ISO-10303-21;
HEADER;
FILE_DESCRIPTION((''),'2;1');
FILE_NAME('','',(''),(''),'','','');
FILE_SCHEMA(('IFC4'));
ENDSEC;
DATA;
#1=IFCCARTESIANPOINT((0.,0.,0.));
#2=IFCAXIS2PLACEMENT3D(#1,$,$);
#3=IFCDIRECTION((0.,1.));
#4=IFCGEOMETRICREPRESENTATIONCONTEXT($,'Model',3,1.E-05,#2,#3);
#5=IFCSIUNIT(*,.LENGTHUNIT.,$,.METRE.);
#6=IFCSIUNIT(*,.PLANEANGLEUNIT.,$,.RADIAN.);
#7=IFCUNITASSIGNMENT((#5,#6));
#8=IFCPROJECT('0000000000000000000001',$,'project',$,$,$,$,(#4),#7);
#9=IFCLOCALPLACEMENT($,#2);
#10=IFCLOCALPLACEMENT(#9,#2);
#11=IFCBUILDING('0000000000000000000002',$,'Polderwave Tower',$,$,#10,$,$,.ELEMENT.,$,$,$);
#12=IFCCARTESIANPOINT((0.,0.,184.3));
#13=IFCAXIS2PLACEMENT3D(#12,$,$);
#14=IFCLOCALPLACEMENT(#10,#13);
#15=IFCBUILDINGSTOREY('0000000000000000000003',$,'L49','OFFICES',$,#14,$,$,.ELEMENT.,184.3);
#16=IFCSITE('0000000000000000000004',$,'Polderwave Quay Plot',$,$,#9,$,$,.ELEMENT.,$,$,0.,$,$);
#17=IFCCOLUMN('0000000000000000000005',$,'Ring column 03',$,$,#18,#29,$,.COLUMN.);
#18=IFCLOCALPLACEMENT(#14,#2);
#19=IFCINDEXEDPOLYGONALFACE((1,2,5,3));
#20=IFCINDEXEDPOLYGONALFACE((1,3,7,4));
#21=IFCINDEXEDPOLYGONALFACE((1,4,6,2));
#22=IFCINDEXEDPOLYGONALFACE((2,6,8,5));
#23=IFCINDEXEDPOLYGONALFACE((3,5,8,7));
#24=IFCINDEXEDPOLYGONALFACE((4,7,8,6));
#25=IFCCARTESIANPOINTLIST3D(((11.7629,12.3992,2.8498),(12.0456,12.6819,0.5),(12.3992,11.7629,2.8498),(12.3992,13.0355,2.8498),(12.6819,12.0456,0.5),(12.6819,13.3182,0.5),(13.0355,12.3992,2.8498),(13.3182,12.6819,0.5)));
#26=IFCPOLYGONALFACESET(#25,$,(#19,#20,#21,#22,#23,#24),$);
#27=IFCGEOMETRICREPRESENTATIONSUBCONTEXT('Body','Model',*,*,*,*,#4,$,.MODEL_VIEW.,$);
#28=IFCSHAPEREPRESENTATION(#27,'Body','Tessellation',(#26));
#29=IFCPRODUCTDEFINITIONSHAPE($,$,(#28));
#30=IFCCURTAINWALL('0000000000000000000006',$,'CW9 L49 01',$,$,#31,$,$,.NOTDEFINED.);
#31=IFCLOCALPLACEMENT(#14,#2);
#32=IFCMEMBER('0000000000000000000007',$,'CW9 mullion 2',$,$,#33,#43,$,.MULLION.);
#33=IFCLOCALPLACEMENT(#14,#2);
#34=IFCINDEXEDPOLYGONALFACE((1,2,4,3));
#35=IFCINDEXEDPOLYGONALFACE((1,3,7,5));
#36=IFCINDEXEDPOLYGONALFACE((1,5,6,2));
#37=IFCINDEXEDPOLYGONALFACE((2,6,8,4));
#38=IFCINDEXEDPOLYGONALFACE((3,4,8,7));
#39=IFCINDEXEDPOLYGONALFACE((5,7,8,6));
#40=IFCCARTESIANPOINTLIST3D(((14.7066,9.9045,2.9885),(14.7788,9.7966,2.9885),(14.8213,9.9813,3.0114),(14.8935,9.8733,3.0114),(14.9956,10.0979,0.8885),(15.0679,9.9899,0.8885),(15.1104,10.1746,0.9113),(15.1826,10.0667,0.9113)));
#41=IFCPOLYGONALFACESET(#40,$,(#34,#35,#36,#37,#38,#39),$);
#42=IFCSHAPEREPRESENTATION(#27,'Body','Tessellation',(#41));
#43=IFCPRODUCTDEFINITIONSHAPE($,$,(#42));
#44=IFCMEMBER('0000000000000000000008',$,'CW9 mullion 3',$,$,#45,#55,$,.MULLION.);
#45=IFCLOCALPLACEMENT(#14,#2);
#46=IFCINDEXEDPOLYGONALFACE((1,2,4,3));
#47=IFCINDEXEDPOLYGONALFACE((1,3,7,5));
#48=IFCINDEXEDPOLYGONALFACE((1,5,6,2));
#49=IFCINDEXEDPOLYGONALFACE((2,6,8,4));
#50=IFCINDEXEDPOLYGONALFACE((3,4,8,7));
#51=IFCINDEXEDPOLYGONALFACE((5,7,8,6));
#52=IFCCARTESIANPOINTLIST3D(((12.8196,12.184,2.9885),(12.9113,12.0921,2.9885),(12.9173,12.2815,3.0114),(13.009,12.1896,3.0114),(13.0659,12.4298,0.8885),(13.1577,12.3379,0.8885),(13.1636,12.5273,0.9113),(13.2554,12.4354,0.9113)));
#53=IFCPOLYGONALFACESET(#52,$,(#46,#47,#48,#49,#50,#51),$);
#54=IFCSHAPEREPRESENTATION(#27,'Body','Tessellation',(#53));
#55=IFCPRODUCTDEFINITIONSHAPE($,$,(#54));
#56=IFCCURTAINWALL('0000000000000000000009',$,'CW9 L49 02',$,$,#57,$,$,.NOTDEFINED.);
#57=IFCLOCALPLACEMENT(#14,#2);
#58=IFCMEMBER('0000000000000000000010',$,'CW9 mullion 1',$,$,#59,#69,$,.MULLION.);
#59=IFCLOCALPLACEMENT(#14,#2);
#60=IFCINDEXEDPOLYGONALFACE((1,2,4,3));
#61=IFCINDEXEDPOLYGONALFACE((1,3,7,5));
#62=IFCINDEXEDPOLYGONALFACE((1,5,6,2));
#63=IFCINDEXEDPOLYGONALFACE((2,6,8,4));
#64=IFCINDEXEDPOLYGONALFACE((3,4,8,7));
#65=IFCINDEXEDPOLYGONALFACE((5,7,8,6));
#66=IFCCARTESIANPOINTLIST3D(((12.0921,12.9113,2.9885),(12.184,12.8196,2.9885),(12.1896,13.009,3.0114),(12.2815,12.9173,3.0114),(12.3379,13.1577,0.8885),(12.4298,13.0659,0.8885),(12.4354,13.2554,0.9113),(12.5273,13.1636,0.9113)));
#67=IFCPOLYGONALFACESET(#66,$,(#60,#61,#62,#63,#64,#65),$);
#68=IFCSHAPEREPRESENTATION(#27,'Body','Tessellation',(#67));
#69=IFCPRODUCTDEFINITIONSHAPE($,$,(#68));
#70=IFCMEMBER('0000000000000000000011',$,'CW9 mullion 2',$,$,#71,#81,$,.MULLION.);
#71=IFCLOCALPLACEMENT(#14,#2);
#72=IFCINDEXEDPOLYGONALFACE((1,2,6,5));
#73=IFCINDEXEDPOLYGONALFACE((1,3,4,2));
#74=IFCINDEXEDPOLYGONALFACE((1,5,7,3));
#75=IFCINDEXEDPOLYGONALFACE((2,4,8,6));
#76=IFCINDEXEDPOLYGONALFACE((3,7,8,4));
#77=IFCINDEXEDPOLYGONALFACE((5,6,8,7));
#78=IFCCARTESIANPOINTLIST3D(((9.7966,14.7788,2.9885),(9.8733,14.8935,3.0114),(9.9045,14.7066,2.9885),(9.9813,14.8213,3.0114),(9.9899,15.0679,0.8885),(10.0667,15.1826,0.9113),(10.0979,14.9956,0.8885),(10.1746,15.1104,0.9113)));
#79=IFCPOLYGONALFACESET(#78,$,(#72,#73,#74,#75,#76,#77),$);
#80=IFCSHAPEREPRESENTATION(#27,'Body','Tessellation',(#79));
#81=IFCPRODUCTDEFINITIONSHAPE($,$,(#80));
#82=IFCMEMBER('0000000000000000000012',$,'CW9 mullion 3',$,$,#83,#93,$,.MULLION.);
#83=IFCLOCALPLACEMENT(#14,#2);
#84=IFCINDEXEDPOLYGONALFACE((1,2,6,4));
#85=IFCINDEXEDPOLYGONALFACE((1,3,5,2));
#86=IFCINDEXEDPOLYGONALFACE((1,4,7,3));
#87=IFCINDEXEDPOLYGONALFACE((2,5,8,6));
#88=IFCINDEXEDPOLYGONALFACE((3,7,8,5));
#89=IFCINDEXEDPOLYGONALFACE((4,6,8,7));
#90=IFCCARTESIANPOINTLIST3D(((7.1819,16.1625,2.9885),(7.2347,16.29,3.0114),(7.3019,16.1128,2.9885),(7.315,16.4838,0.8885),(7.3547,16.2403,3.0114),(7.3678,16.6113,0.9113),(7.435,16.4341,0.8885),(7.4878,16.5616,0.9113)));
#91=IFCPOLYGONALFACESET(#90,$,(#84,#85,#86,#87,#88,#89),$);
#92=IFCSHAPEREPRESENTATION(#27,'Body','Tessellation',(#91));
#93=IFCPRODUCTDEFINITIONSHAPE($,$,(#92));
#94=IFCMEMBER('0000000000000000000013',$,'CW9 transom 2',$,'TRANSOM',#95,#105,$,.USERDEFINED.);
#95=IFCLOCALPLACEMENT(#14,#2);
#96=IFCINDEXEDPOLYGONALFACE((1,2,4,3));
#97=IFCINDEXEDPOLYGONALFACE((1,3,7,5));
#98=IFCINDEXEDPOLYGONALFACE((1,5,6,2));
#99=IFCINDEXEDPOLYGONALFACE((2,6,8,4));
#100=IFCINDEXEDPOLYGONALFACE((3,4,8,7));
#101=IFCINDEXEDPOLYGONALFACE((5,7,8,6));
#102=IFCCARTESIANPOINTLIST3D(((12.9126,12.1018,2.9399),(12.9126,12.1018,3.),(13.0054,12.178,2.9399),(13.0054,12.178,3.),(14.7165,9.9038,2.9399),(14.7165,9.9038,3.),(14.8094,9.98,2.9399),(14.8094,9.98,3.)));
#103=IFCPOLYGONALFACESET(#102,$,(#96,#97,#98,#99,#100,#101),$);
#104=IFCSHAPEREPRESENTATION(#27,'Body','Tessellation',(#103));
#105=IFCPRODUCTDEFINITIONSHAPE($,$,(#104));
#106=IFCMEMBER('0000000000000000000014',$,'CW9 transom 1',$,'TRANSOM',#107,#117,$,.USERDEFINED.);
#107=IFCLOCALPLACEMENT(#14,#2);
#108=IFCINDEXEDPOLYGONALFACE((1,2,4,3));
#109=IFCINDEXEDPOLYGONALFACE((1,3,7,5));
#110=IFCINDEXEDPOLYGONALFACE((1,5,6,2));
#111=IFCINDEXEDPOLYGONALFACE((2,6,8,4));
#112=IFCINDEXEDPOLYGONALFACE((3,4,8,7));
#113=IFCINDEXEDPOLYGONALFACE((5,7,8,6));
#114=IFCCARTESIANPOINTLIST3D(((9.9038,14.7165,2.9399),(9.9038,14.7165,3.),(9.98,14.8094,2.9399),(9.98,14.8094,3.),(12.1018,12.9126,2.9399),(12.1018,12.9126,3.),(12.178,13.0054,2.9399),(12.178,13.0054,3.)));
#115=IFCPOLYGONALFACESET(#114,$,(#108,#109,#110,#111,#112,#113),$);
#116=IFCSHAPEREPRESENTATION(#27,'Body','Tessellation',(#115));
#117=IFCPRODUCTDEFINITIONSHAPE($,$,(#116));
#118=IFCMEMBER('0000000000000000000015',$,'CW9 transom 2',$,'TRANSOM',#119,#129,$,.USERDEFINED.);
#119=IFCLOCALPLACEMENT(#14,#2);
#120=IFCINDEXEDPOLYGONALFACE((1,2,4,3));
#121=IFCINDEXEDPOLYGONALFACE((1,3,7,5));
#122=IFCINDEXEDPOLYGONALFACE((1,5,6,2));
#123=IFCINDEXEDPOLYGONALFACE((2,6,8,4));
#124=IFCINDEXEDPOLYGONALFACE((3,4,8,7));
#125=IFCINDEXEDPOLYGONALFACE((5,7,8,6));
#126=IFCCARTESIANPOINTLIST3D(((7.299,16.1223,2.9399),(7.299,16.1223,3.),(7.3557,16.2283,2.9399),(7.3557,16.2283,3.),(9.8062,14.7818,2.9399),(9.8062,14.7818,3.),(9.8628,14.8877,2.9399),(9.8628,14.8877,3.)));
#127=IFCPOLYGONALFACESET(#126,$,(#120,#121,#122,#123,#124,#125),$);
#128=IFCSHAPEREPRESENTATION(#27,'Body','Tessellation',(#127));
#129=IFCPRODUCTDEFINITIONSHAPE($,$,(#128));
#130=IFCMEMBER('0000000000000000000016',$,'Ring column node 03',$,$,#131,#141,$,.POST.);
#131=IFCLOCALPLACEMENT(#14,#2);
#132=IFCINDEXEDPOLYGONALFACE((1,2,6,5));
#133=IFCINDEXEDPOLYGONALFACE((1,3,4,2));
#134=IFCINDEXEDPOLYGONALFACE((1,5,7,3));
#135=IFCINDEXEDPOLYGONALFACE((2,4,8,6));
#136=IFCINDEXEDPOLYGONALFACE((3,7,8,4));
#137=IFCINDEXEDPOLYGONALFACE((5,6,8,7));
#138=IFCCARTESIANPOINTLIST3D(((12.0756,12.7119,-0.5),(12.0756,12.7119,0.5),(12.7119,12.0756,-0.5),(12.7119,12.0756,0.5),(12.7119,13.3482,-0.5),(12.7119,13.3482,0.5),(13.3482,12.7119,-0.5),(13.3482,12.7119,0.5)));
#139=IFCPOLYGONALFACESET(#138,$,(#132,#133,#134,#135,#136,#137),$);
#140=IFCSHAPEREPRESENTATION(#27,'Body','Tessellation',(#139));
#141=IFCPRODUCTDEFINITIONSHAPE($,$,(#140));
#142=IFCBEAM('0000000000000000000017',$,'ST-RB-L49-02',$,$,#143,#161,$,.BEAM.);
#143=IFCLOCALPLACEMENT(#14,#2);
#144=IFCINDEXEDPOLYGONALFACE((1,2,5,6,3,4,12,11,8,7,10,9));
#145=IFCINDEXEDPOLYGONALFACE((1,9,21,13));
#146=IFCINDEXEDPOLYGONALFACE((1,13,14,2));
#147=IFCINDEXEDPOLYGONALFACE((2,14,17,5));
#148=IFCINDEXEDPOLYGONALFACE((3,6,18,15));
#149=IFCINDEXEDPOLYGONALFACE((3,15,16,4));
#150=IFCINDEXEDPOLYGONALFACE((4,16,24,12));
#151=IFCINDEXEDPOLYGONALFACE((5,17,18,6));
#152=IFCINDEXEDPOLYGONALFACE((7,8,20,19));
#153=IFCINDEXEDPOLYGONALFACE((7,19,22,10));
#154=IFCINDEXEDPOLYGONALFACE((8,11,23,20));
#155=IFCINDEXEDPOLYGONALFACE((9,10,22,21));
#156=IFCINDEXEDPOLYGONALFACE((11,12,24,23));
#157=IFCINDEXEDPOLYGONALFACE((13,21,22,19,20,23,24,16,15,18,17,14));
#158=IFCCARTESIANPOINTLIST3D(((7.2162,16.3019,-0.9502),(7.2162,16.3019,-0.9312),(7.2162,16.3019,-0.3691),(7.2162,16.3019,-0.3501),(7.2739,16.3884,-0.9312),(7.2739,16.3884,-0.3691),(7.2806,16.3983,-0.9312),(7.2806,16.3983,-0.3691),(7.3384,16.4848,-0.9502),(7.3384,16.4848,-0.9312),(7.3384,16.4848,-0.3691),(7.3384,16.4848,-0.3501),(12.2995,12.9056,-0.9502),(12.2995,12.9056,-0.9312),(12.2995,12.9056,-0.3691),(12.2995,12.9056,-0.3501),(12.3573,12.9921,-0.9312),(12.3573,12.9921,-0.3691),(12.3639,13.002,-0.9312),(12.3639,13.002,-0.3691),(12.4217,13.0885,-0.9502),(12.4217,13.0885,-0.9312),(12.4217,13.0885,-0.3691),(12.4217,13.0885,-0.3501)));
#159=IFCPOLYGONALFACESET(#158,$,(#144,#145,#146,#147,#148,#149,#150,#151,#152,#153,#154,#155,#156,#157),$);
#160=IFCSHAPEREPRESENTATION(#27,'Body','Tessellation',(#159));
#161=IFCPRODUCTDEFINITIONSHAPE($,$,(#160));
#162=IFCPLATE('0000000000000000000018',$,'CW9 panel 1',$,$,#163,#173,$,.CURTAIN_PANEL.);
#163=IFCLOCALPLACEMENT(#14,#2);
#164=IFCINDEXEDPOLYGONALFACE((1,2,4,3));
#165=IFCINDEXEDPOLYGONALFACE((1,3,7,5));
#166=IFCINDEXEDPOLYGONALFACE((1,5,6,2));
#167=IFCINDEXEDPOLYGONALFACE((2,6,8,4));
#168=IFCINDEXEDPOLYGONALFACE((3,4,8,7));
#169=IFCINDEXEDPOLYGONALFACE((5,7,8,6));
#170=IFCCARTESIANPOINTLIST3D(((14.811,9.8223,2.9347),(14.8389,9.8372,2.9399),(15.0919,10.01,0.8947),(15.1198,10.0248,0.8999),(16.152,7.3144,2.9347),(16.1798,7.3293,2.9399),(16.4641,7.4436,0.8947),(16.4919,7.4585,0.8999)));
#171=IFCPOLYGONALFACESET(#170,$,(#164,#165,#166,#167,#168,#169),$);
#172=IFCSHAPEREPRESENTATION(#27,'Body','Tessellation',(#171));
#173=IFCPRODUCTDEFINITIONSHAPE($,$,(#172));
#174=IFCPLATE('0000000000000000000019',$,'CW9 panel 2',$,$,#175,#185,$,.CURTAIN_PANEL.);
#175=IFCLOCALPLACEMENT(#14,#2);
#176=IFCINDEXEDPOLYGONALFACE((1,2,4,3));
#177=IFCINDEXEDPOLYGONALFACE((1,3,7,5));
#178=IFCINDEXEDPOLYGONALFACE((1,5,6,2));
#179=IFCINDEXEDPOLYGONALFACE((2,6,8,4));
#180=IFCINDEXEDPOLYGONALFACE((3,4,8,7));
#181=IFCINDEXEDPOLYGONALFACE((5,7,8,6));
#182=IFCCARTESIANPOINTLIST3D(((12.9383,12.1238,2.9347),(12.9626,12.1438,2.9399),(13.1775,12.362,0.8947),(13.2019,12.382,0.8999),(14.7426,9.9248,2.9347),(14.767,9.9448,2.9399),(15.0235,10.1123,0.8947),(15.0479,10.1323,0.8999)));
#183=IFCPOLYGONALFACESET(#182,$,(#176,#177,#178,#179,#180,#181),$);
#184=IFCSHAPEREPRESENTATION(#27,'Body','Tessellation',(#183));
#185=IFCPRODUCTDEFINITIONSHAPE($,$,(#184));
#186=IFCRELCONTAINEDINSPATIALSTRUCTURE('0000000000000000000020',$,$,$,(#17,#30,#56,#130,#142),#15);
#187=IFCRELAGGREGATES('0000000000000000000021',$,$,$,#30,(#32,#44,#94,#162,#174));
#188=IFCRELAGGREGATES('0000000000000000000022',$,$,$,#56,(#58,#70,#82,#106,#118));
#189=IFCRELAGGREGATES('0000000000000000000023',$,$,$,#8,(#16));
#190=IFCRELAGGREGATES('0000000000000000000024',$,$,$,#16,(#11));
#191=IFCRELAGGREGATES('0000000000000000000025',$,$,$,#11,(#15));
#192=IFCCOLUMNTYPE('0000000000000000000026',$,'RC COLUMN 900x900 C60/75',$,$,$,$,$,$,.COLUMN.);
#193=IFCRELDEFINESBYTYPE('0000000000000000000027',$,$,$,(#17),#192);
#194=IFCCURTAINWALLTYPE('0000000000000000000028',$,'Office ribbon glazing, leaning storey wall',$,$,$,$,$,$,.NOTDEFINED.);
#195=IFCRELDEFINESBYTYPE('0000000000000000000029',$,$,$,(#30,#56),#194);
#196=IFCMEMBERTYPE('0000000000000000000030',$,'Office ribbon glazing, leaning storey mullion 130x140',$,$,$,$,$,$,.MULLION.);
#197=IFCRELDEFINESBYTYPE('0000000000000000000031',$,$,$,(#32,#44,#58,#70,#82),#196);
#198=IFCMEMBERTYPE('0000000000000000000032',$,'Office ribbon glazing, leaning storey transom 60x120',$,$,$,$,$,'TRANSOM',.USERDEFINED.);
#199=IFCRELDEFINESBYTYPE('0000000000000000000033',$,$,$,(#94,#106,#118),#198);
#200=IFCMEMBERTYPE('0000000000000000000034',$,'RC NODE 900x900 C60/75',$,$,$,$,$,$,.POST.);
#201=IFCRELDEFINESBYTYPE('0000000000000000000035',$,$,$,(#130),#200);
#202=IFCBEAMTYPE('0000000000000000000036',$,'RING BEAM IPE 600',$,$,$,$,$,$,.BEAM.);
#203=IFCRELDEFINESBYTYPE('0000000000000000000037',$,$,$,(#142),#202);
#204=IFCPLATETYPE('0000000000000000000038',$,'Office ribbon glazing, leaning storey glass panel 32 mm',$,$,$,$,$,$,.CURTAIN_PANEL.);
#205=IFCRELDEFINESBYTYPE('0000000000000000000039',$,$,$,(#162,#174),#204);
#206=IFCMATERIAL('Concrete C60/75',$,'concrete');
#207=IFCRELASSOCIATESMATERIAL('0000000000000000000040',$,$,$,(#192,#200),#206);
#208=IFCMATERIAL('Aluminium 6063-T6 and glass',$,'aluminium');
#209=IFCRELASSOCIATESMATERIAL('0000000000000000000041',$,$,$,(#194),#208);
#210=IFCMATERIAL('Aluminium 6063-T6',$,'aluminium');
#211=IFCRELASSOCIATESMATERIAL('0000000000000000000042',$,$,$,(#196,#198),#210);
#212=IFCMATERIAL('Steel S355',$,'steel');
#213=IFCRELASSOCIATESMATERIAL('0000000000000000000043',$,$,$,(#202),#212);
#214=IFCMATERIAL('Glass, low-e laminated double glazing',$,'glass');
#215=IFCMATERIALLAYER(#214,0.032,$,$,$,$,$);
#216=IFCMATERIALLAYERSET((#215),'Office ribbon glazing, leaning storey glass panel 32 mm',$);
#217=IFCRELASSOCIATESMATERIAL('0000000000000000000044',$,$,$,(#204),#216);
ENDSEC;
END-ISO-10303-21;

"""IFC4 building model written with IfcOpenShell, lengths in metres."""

from ifc_helpers import new_model, si_unit, direction, frame, origin, origin_2d, place, context, subcontext, project, spatial, polyline, rectangle, i_section, outline, extrude, material, layer, layer_set, material_profile, profile_set, type_object, element, aggregate, save


model = new_model("IFC4")

# Units and contexts
model_context = context("Model", 3, precision=1e-05, world=origin(), true_north=direction((0.0, 1.0)))
body_context = subcontext(model_context, "Body", "Model", "MODEL_VIEW")
ifc_project = project(units=[si_unit("LENGTHUNIT", "METRE"), si_unit("PLANEANGLEUNIT", "RADIAN")], contexts=[model_context])

# Site, building, storey
site_placement = place(None, origin())
site = spatial("IfcSite", under=ifc_project, at=site_placement, Name="Polderwave Quay Plot", CompositionType="ELEMENT", RefElevation=0.0)
building_placement = place(site_placement, origin())
building = spatial("IfcBuilding", under=site, at=building_placement, Name="Polderwave Tower", CompositionType="ELEMENT")
storey_placement = place(building_placement, frame((0.0, 0.0, 184.3)))
storey = spatial("IfcBuildingStorey", under=building, at=storey_placement, Name="L49", Description="OFFICES", CompositionType="ELEMENT", Elevation=184.3)

# Column
ifc_material_1 = material(Name="Concrete C60/75", Category="concrete")
ifc_material_profile_1 = material_profile(ifc_material_1, rectangle(XDim=0.8999, YDim=0.8999, at=origin_2d()), Name="RC 900x900")
ifc_profile_set_1 = profile_set([ifc_material_profile_1], Name="Concrete C60/75")
column_type = type_object("IfcColumnType", Name="RC COLUMN 900x900 C60/75", PredefinedType="COLUMN", material=ifc_profile_set_1)
column_placement = place(storey_placement, frame((12.6819, 12.6819, 0.5), z_axis=(0.0, 0.0, 1.0), x_axis=(0.707107, -0.707107, 0.0)))
element("IfcColumn", 1, at=column_placement, inside=storey, type_object=column_type, Name="Ring column 03", PredefinedType="COLUMN", context=body_context, shape_type="SweptSolid", body=[
    extrude(rectangle(XDim=0.8999, YDim=0.8999, at=origin_2d()), origin(), (0.0, -0.167736, 0.985832), 2.3835),
])

# Curtain walls, members
ifc_material_2 = material(Name="Aluminium 6063-T6 and glass", Category="aluminium")
curtain_wall_type = type_object("IfcCurtainWallType", Name="Office ribbon glazing, leaning storey wall", PredefinedType="NOTDEFINED", material=ifc_material_2)
curtain_wall_1_placement = place(storey_placement, origin())
curtain_wall_1 = element("IfcCurtainWall", 2, at=curtain_wall_1_placement, inside=storey, type_object=curtain_wall_type, Name="CW9 L49 01", PredefinedType="NOTDEFINED")
ifc_material_3 = material(Name="Aluminium 6063-T6", Category="aluminium")
ifc_material_profile_2 = material_profile(ifc_material_3, rectangle(XDim=0.1299, YDim=0.1399, at=origin_2d()), Name="AL 130x140")
ifc_profile_set_2 = profile_set([ifc_material_profile_2], Name="Aluminium 6063-T6")
member_type_1 = type_object("IfcMemberType", Name="Office ribbon glazing, leaning storey mullion 130x140", PredefinedType="MULLION", material=ifc_profile_set_2)
member_1_placement = place(storey_placement, frame((15.0891, 10.0823, 0.8999), z_axis=(-0.135793, -0.090835, 0.986564), x_axis=(0.555996, -0.831185, 0.0)))
member_1 = element("IfcMember", 3, at=member_1_placement, type_object=member_type_1, Name="CW9 mullion 2", PredefinedType="MULLION", context=body_context, shape_type="SweptSolid", body=[
    extrude(rectangle(XDim=0.1299, YDim=0.1399, at=origin_2d()), origin(), (0.0, 0.0, 1.0), 2.1287),
])
member_2_placement = place(storey_placement, frame((13.1606, 12.4326, 0.8999), z_axis=(-0.11572, -0.115491, 0.986545), x_axis=(0.706405, -0.707808, 0.0)))
member_2 = element("IfcMember", 4, at=member_2_placement, type_object=member_type_1, Name="CW9 mullion 3", PredefinedType="MULLION", context=body_context, shape_type="SweptSolid", body=[
    extrude(rectangle(XDim=0.1299, YDim=0.1399, at=origin_2d()), origin(), (0.0, 0.0, 1.0), 2.1287),
])
curtain_wall_2_placement = place(storey_placement, origin())
curtain_wall_2 = element("IfcCurtainWall", 5, at=curtain_wall_2_placement, inside=storey, type_object=curtain_wall_type, Name="CW9 L49 02", PredefinedType="NOTDEFINED")
member_3_placement = place(storey_placement, frame((12.4326, 13.1606, 0.8999), z_axis=(-0.115491, -0.11572, 0.986545), x_axis=(0.707808, -0.706405, 0.0)))
member_3 = element("IfcMember", 6, at=member_3_placement, type_object=member_type_1, Name="CW9 mullion 1", PredefinedType="MULLION", context=body_context, shape_type="SweptSolid", body=[
    extrude(rectangle(XDim=0.1299, YDim=0.1399, at=origin_2d()), origin(), (0.0, 0.0, 1.0), 2.1287),
])
member_4_placement = place(storey_placement, frame((10.0823, 15.0891, 0.8999), z_axis=(-0.090835, -0.135793, 0.986564), x_axis=(0.831185, -0.555996, 0.0)))
member_4 = element("IfcMember", 7, at=member_4_placement, type_object=member_type_1, Name="CW9 mullion 2", PredefinedType="MULLION", context=body_context, shape_type="SweptSolid", body=[
    extrude(rectangle(XDim=0.1299, YDim=0.1399, at=origin_2d()), origin(), (0.0, 0.0, 1.0), 2.1287),
])
member_5_placement = place(storey_placement, frame((7.4014, 16.5227, 0.8999), z_axis=(-0.062506, -0.150932, 0.986566), x_axis=(0.923906, -0.38262, 0.0)))
member_5 = element("IfcMember", 8, at=member_5_placement, type_object=member_type_1, Name="CW9 mullion 3", PredefinedType="MULLION", context=body_context, shape_type="SweptSolid", body=[
    extrude(rectangle(XDim=0.1299, YDim=0.1399, at=origin_2d()), origin(), (0.0, 0.0, 1.0), 2.1287),
])

# Members
ifc_material_profile_3 = material_profile(ifc_material_3, rectangle(XDim=0.1201, YDim=0.0601, at=origin_2d()), Name="AL 60x120")
ifc_profile_set_3 = profile_set([ifc_material_profile_3], Name="Aluminium 6063-T6")
member_type_2 = type_object("IfcMemberType", Name="Office ribbon glazing, leaning storey transom 60x120", ElementType="TRANSOM", PredefinedType="USERDEFINED", material=ifc_profile_set_3)
member_6_placement = place(storey_placement, frame((14.7629, 9.9419, 2.97), z_axis=(-0.634415, 0.772992, 0.0), x_axis=(-0.772992, -0.634415, 0.0)))
member_6 = element("IfcMember", 9, at=member_6_placement, type_object=member_type_2, Name="CW9 transom 2", ObjectType="TRANSOM", PredefinedType="USERDEFINED", context=body_context, shape_type="SweptSolid", body=[
    extrude(rectangle(XDim=0.1201, YDim=0.0601, at=origin_2d()), origin(), (0.0, 0.0, 1.0), 2.8435),
])
member_7_placement = place(storey_placement, frame((12.1399, 12.959, 2.97), z_axis=(-0.772992, 0.634415, 0.0), x_axis=(-0.634415, -0.772992, 0.0)))
member_7 = element("IfcMember", 10, at=member_7_placement, type_object=member_type_2, Name="CW9 transom 1", ObjectType="TRANSOM", PredefinedType="USERDEFINED", context=body_context, shape_type="SweptSolid", body=[
    extrude(rectangle(XDim=0.1201, YDim=0.0601, at=origin_2d()), origin(), (0.0, 0.0, 1.0), 2.8435),
])
member_8_placement = place(storey_placement, frame((9.8345, 14.8347, 2.97), z_axis=(-0.881846, 0.471537, 0.0), x_axis=(-0.471537, -0.881846, 0.0)))
member_8 = element("IfcMember", 11, at=member_8_placement, type_object=member_type_2, Name="CW9 transom 2", ObjectType="TRANSOM", PredefinedType="USERDEFINED", context=body_context, shape_type="SweptSolid", body=[
    extrude(rectangle(XDim=0.1201, YDim=0.0601, at=origin_2d()), origin(), (0.0, 0.0, 1.0), 2.843),
])
ifc_material_profile_4 = material_profile(ifc_material_1, rectangle(XDim=0.8999, YDim=0.8999, at=origin_2d()), Name="RC 900x900")
ifc_profile_set_4 = profile_set([ifc_material_profile_4], Name="Concrete C60/75")
member_type_3 = type_object("IfcMemberType", Name="RC NODE 900x900 C60/75", PredefinedType="POST", material=ifc_profile_set_4)
member_9_placement = place(storey_placement, frame((12.7119, 12.7119, -0.5), z_axis=(0.0, 0.0, 1.0), x_axis=(0.707107, 0.707107, 0.0)))
element("IfcMember", 12, at=member_9_placement, inside=storey, type_object=member_type_3, Name="Ring column node 03", PredefinedType="POST", context=body_context, shape_type="SweptSolid", body=[
    extrude(rectangle(XDim=0.8999, YDim=0.8999, at=origin_2d()), origin(), (0.0, 0.0, 1.0), 1.0),
])

# Beam
ifc_material_4 = material(Name="Steel S355", Category="steel")
ifc_material_profile_5 = material_profile(ifc_material_4, i_section(OverallWidth=0.22, OverallDepth=0.6001, WebThickness=0.012, FlangeThickness=0.019, at=origin_2d()), Name="IPE 600")
ifc_profile_set_5 = profile_set([ifc_material_profile_5], Name="Steel S355")
beam_type = type_object("IfcBeamType", Name="RING BEAM IPE 600", PredefinedType="BEAM", material=ifc_profile_set_5)
beam_placement = place(storey_placement, frame((12.3606, 12.9971, -0.6501), z_axis=(-0.831491, 0.555539, 0.0), x_axis=(-0.555539, -0.831491, 0.0)))
element("IfcBeam", 13, at=beam_placement, inside=storey, type_object=beam_type, Name="ST-RB-L49-02", PredefinedType="BEAM", context=body_context, shape_type="SweptSolid", body=[
    extrude(i_section(OverallWidth=0.22, OverallDepth=0.6001, WebThickness=0.012, FlangeThickness=0.019, at=origin_2d()), origin(), (0.0, 0.0, 1.0), 6.1135),
])

# Plates
ifc_material_5 = material(Name="Glass, low-e laminated double glazing", Category="glass")
ifc_layer_1 = layer(ifc_material_5, 0.032)
ifc_layer_set_1 = layer_set([ifc_layer_1], Name="Office ribbon glazing, leaning storey glass panel 32 mm")
plate_type = type_object("IfcPlateType", Name="Office ribbon glazing, leaning storey glass panel 32 mm", PredefinedType="CURTAIN_PANEL", material=ifc_layer_set_1)
plate_1_placement = place(storey_placement, frame((16.4919, 7.4585, 0.8999), z_axis=(0.87012, 0.465244, 0.162602), x_axis=(-0.471518, 0.881856, -0.000008)))
plate_1 = element("IfcPlate", 14, at=plate_1_placement, type_object=plate_type, Name="CW9 panel 1", PredefinedType="CURTAIN_PANEL", context=body_context, shape_type="SweptSolid", body=[
    extrude(outline(polyline([(0.0, 0.0), (2.9102, 0.0), (2.8771, 2.0676), (0.0332, 2.0675), (0.0, 0.0)])), origin(), (0.0, 0.0, -1.0), 0.032),
])
plate_2_placement = place(storey_placement, frame((15.0479, 10.1323, 0.8999), z_axis=(0.762781, 0.625897, 0.162535), x_axis=(-0.634332, 0.773061, -0.000004)))
plate_2 = element("IfcPlate", 15, at=plate_2_placement, type_object=plate_type, Name="CW9 panel 2", PredefinedType="CURTAIN_PANEL", context=body_context, shape_type="SweptSolid", body=[
    extrude(outline(polyline([(0.0, 0.0), (2.9101, 0.0), (2.8777, 2.0675), (0.0331, 2.0675), (0.0, 0.0)])), origin(), (0.0, 0.0, -1.0), 0.032),
])
aggregate(curtain_wall_1, [member_1, member_2, member_6, plate_1, plate_2])
aggregate(curtain_wall_2, [member_3, member_4, member_5, member_7, member_8])

save(model, "model.ifc")
